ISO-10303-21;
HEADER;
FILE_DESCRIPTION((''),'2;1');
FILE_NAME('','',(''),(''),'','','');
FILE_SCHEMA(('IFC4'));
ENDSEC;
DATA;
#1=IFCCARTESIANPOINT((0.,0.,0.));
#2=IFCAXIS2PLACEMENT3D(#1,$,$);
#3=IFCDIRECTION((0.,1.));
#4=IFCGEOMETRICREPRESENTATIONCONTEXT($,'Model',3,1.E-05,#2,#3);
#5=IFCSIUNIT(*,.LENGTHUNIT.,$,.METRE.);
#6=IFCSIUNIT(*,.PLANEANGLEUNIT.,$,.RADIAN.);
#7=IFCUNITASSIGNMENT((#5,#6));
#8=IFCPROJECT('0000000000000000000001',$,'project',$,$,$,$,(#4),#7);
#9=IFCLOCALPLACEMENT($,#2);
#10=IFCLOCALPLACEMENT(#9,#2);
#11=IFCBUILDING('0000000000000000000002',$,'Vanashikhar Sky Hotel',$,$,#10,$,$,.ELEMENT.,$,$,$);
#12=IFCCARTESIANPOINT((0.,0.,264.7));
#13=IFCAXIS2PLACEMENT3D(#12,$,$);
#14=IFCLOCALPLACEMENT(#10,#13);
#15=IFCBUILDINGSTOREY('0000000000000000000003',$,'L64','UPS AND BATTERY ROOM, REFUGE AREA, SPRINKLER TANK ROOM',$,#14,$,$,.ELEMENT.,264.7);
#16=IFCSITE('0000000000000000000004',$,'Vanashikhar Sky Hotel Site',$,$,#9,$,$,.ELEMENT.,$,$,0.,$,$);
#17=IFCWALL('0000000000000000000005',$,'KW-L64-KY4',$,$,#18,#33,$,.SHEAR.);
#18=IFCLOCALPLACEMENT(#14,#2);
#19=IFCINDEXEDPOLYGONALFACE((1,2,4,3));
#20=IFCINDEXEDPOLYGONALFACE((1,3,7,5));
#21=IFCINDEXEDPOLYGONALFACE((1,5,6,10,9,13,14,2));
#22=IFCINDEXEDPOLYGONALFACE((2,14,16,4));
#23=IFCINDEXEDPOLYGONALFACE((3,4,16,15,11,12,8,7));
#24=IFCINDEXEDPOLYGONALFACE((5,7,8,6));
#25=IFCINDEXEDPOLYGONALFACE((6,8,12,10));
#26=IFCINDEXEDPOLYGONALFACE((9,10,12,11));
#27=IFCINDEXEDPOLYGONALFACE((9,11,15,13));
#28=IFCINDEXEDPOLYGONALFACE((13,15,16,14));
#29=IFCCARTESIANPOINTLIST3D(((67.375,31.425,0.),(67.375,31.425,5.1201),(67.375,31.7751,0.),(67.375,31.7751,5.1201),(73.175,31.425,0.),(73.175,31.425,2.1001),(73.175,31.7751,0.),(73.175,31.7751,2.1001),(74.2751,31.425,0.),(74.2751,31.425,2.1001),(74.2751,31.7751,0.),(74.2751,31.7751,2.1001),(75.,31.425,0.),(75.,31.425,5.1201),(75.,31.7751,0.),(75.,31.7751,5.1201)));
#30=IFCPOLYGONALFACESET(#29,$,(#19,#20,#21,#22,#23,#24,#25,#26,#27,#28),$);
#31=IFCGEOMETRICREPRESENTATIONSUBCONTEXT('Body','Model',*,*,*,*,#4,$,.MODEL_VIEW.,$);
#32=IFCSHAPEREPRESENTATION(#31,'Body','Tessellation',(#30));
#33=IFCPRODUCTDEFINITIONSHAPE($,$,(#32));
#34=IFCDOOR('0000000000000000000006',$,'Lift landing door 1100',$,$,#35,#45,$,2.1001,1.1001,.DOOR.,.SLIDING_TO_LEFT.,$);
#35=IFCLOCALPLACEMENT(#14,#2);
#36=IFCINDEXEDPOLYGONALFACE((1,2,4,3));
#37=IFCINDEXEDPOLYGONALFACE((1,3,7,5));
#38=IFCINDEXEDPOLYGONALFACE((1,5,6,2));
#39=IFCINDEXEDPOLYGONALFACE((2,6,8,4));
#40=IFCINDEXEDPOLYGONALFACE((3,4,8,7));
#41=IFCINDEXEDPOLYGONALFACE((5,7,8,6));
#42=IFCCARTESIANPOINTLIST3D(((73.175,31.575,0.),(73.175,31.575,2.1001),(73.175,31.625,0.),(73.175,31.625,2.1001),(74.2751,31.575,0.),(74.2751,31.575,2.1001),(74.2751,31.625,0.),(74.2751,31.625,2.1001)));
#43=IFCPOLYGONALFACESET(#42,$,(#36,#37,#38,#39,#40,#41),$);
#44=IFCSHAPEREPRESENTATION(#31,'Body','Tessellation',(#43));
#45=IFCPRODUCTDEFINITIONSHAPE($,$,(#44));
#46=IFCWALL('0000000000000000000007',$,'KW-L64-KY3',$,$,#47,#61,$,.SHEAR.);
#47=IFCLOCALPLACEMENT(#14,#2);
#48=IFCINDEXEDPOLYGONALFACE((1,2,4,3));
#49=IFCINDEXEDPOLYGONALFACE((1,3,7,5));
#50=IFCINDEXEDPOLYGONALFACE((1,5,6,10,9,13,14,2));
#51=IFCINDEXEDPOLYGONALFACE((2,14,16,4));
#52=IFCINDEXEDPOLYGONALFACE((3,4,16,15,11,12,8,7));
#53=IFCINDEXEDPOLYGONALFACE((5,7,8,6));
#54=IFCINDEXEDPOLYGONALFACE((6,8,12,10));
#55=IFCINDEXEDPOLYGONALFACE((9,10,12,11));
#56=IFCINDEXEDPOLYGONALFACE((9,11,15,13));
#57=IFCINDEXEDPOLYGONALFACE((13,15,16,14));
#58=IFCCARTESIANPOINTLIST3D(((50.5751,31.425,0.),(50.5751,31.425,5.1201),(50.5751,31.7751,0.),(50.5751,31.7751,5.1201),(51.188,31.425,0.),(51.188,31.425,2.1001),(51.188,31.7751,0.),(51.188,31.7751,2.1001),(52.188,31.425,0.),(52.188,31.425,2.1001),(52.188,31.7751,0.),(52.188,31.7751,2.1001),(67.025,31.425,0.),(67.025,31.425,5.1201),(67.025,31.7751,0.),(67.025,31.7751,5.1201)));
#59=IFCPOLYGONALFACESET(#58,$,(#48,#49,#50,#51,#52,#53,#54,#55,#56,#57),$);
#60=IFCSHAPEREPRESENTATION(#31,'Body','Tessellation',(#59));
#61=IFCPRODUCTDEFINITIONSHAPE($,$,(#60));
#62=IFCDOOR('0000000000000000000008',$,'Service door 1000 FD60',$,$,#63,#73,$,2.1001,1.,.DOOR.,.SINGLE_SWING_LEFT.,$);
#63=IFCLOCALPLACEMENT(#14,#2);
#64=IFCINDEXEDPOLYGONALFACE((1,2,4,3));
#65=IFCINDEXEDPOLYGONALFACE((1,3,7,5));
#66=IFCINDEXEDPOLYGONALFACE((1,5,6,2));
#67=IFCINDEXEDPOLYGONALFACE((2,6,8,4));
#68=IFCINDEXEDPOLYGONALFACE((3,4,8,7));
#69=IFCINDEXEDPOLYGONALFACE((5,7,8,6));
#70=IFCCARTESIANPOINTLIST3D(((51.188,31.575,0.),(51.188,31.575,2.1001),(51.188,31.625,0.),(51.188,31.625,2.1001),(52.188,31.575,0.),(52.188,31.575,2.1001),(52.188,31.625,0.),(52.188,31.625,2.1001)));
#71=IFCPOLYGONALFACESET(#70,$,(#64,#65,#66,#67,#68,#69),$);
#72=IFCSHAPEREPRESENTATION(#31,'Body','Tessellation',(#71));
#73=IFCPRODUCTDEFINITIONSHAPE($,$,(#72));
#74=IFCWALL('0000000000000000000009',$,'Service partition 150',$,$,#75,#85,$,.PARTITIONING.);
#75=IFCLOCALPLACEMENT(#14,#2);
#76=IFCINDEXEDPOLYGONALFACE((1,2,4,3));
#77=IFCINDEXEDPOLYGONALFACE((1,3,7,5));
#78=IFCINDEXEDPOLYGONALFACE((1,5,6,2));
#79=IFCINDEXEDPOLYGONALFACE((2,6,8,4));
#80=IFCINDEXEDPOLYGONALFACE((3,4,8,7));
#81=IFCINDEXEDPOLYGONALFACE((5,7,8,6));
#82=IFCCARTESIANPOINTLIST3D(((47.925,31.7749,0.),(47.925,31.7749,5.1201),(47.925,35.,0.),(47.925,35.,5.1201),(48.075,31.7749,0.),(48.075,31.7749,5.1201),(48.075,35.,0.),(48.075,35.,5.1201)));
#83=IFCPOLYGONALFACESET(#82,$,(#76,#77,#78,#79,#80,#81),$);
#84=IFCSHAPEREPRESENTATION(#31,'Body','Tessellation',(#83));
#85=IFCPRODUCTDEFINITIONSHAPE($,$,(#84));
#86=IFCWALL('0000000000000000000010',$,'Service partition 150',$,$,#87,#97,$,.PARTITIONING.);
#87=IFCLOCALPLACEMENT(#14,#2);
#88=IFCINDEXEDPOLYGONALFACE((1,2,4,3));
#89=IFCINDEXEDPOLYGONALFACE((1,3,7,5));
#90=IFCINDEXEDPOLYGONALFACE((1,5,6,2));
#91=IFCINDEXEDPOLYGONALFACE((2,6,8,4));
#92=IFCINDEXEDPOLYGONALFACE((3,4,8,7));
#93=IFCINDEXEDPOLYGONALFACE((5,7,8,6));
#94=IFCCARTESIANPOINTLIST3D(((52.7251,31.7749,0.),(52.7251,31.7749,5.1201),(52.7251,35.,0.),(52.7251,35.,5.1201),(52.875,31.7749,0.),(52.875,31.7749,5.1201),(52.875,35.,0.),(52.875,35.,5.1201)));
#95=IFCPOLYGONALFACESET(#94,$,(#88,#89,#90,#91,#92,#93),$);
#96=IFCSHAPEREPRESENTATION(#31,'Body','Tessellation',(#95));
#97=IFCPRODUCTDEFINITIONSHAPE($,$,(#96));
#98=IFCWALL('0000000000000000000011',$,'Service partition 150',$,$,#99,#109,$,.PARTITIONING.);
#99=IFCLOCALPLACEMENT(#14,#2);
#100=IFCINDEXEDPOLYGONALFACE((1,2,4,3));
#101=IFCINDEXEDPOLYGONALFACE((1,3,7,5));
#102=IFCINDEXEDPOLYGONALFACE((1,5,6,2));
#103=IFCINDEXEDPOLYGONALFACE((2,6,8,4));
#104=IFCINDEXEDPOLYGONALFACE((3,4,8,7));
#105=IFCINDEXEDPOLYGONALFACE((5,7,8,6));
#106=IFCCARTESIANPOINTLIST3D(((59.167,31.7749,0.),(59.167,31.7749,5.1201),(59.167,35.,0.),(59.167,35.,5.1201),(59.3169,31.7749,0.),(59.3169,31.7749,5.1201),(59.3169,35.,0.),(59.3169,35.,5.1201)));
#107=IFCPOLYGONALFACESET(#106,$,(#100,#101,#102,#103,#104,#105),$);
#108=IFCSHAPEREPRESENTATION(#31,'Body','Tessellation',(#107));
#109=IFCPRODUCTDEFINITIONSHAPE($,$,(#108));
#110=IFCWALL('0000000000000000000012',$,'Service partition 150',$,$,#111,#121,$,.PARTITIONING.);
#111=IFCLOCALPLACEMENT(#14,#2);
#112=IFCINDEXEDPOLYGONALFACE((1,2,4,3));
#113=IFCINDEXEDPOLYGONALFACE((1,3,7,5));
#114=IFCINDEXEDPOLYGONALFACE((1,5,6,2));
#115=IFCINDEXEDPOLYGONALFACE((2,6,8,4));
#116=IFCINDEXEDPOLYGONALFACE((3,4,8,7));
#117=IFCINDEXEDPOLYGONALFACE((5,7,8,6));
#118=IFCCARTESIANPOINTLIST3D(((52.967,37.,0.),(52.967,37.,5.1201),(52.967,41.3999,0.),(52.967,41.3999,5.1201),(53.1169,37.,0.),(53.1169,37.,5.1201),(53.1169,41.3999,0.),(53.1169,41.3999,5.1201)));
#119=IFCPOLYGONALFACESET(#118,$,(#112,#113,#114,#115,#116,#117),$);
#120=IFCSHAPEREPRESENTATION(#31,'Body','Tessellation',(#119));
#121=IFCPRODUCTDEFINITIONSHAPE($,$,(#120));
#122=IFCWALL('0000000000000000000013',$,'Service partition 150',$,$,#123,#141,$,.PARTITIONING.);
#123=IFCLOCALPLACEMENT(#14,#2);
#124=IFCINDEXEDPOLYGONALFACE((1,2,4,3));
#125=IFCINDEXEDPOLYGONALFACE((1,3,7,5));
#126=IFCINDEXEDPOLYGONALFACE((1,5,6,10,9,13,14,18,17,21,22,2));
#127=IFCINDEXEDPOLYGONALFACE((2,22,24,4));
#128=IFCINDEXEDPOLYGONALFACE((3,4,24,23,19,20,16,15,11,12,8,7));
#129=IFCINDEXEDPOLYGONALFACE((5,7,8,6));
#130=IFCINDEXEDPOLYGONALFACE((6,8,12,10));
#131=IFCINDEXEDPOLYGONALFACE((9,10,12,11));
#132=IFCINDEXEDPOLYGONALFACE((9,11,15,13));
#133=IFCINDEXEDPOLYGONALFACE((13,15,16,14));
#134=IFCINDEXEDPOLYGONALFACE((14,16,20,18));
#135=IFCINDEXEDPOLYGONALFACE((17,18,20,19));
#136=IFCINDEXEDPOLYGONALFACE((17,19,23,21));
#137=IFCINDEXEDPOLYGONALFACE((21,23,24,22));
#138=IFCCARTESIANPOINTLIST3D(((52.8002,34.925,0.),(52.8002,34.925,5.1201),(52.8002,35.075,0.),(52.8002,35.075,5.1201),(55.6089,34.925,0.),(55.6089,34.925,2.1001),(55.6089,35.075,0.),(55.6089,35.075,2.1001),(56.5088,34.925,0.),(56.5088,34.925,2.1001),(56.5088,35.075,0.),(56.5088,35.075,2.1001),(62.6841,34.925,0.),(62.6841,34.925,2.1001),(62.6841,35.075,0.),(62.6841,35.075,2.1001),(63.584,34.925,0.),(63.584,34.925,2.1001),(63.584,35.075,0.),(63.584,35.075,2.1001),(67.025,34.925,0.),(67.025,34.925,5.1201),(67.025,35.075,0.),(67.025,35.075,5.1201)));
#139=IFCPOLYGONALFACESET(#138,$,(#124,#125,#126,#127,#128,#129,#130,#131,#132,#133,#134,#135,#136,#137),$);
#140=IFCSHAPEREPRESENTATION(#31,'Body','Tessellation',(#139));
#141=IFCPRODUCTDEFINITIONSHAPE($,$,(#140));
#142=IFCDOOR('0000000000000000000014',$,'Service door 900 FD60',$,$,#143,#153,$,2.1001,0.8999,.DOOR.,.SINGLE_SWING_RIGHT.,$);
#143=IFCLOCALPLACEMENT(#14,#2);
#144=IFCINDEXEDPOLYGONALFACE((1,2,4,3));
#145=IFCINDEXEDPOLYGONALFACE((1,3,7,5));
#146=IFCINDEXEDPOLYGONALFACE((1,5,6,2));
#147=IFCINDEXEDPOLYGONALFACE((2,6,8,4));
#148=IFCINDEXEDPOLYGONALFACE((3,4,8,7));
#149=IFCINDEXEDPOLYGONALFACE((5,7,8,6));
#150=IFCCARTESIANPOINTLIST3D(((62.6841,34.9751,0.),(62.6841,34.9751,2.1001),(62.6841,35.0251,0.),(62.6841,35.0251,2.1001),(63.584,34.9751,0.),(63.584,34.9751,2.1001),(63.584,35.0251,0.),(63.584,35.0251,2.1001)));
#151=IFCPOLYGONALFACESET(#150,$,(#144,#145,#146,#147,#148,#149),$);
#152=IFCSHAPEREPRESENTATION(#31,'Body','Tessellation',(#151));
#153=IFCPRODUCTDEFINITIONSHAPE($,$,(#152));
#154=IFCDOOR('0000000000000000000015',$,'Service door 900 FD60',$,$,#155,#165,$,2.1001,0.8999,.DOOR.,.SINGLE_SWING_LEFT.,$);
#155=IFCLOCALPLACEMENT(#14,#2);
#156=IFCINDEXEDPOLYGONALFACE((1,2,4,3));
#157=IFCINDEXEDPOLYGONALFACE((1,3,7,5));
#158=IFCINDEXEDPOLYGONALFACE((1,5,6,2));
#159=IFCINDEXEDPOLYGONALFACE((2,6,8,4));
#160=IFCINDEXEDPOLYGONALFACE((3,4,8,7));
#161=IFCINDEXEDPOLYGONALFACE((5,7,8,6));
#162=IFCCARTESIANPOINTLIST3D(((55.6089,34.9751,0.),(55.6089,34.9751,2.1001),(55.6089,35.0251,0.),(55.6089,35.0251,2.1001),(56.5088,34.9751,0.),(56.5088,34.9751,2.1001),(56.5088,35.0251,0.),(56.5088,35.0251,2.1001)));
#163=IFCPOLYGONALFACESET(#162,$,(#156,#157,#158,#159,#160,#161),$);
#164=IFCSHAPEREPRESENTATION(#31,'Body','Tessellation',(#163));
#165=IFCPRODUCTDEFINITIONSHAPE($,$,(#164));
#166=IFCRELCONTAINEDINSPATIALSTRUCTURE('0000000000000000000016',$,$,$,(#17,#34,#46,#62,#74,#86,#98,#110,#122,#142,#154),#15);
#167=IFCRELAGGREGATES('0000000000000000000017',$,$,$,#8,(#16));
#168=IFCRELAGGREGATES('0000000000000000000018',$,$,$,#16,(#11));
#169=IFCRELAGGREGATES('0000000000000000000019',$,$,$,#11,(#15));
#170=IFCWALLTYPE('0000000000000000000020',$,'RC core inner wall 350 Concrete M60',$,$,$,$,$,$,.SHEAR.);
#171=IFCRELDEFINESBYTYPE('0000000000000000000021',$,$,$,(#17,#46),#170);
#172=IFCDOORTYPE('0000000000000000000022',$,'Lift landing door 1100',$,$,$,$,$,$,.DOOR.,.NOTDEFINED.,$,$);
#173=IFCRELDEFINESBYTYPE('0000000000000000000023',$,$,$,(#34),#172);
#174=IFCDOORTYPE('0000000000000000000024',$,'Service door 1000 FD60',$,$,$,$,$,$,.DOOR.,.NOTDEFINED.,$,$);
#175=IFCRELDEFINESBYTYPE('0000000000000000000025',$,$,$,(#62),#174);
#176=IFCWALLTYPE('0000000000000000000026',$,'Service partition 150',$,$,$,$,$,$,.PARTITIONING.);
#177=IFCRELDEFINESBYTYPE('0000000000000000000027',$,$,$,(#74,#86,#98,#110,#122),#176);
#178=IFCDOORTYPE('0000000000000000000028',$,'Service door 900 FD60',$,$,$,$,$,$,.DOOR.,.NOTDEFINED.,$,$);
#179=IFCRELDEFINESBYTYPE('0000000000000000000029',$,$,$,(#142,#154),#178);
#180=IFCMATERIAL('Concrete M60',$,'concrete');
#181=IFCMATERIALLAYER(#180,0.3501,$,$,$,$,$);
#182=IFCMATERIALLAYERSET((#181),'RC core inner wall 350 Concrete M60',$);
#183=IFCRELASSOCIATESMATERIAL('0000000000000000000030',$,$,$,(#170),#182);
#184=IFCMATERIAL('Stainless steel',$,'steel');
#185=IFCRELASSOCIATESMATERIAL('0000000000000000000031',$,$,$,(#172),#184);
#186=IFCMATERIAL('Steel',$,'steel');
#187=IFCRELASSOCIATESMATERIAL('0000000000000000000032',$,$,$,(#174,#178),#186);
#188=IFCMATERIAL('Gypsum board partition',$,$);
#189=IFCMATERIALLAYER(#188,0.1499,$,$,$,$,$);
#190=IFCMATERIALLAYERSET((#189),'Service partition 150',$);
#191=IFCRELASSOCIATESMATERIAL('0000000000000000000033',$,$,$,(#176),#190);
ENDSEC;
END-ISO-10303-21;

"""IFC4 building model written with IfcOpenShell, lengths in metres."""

from ifc_helpers import new_model, si_unit, direction, frame, frame_2d, origin, place, context, subcontext, project, spatial, rectangle, extrude, source, transform, mapped, material, layer, layer_set, type_object, element, fill, save


model = new_model("IFC4")

# Units and contexts
model_context = context("Model", 3, precision=1e-05, world=origin(), true_north=direction((0.0, 1.0)))
body_context = subcontext(model_context, "Body", "Model", "MODEL_VIEW")
ifc_project = project(units=[si_unit("LENGTHUNIT", "METRE"), si_unit("PLANEANGLEUNIT", "RADIAN")], contexts=[model_context])

# Site, building, storey
site_placement = place(None, origin())
site = spatial("IfcSite", under=ifc_project, at=site_placement, Name="Vanashikhar Sky Hotel Site", CompositionType="ELEMENT", RefElevation=0.0)
building_placement = place(site_placement, origin())
building = spatial("IfcBuilding", under=site, at=building_placement, Name="Vanashikhar Sky Hotel", CompositionType="ELEMENT")
storey_placement = place(building_placement, frame((0.0, 0.0, 264.7)))
storey = spatial("IfcBuildingStorey", under=building, at=storey_placement, Name="L64", Description="UPS AND BATTERY ROOM, REFUGE AREA, SPRINKLER TANK ROOM", CompositionType="ELEMENT", Elevation=264.7)

# Walls, openings, doors
ifc_material_1 = material(Name="Concrete M60", Category="concrete")
ifc_layer_1 = layer(ifc_material_1, 0.3501)
ifc_layer_set_1 = layer_set([ifc_layer_1], Name="RC core inner wall 350 Concrete M60")
wall_type_1 = type_object("IfcWallType", Name="RC core inner wall 350 Concrete M60", PredefinedType="SHEAR", material=ifc_layer_set_1)
shared_shape_1 = source(origin(), body_context, "Body", "SweptSolid", [
    extrude(rectangle(XDim=7.625, YDim=0.3501, at=frame_2d((3.8125, 0.0))), origin(), (0.0, 0.0, 1.0), 5.1201),
])
wall_1_placement = place(storey_placement, frame((67.375, 31.6001, 0.0), z_axis=(0.0, 0.0, 1.0), x_axis=(1.0, 0.0, 0.0)))
wall_1 = element("IfcWall", 1, at=wall_1_placement, inside=storey, type_object=wall_type_1, Name="KW-L64-KY4", PredefinedType="SHEAR", context=body_context, shape_type="MappedRepresentation", body=[
    mapped(shared_shape_1, transform((0.0, 0.0, 0.0), scale=1.0)),
])
shared_shape_2 = source(origin(), body_context, "Body", "SweptSolid", [
    extrude(rectangle(XDim=1.1001, YDim=2.1001, at=frame_2d((0.55, 1.05))), frame((0.0, 0.1851, 0.0), z_axis=(0.0, -1.0, 0.0), x_axis=(1.0, 0.0, 0.0)), (0.0, 0.0, 1.0), 0.3701),
])
opening_1_placement = place(wall_1_placement, frame((5.8, 0.0, 0.0)))
opening_1 = element("IfcOpeningElement", 2, at=opening_1_placement, cuts=wall_1, PredefinedType="OPENING", context=body_context, shape_type="MappedRepresentation", body=[
    mapped(shared_shape_2, transform((0.0, 0.0, 0.0), scale=1.0)),
])
ifc_material_2 = material(Name="Stainless steel", Category="steel")
door_type_1 = type_object("IfcDoorType", Name="Lift landing door 1100", OperationType="NOTDEFINED", PredefinedType="DOOR", material=ifc_material_2)
shared_shape_3 = source(origin(), body_context, "Body", "SweptSolid", [
    extrude(rectangle(XDim=1.1001, YDim=2.1001, at=frame_2d((0.55, 1.05))), frame((0.0, 0.0249, 0.0), z_axis=(0.0, -1.0, 0.0), x_axis=(1.0, 0.0, 0.0)), (0.0, 0.0, 1.0), 0.05),
])
door_1_placement = place(opening_1_placement, origin())
door_1 = element("IfcDoor", 3, at=door_1_placement, inside=storey, type_object=door_type_1, Name="Lift landing door 1100", OperationType="SLIDING_TO_LEFT", OverallHeight=2.1001, OverallWidth=1.1001, PredefinedType="DOOR", context=body_context, shape_type="MappedRepresentation", body=[
    mapped(shared_shape_3, transform((0.0, 0.0, 0.0), scale=1.0)),
])
fill(opening_1, door_1)
shared_shape_4 = source(origin(), body_context, "Body", "SweptSolid", [
    extrude(rectangle(XDim=16.45, YDim=0.3501, at=frame_2d((8.2251, 0.0))), origin(), (0.0, 0.0, 1.0), 5.1201),
])
wall_2_placement = place(storey_placement, frame((50.575, 31.6001, 0.0), z_axis=(0.0, 0.0, 1.0), x_axis=(1.0, 0.0, 0.0)))
wall_2 = element("IfcWall", 4, at=wall_2_placement, inside=storey, type_object=wall_type_1, Name="KW-L64-KY3", PredefinedType="SHEAR", context=body_context, shape_type="MappedRepresentation", body=[
    mapped(shared_shape_4, transform((0.0, 0.0, 0.0), scale=1.0)),
])
shared_shape_5 = source(origin(), body_context, "Body", "SweptSolid", [
    extrude(rectangle(XDim=1.0, YDim=2.1001, at=frame_2d((0.5, 1.05))), frame((0.0, 0.1851, 0.0), z_axis=(0.0, -1.0, 0.0), x_axis=(1.0, 0.0, 0.0)), (0.0, 0.0, 1.0), 0.3701),
])
opening_2_placement = place(wall_2_placement, frame((0.613, 0.0, 0.0)))
opening_2 = element("IfcOpeningElement", 5, at=opening_2_placement, cuts=wall_2, PredefinedType="OPENING", context=body_context, shape_type="MappedRepresentation", body=[
    mapped(shared_shape_5, transform((0.0, 0.0, 0.0), scale=1.0)),
])
ifc_material_3 = material(Name="Steel", Category="steel")
door_type_2 = type_object("IfcDoorType", Name="Service door 1000 FD60", OperationType="NOTDEFINED", PredefinedType="DOOR", material=ifc_material_3)
shared_shape_6 = source(origin(), body_context, "Body", "SweptSolid", [
    extrude(rectangle(XDim=1.0, YDim=2.1001, at=frame_2d((0.5, 1.05))), frame((0.0, 0.0249, 0.0), z_axis=(0.0, -1.0, 0.0), x_axis=(1.0, 0.0, 0.0)), (0.0, 0.0, 1.0), 0.05),
])
door_2_placement = place(opening_2_placement, origin())
door_2 = element("IfcDoor", 6, at=door_2_placement, inside=storey, type_object=door_type_2, Name="Service door 1000 FD60", OperationType="SINGLE_SWING_LEFT", OverallHeight=2.1001, OverallWidth=1.0, PredefinedType="DOOR", context=body_context, shape_type="MappedRepresentation", body=[
    mapped(shared_shape_6, transform((0.0, 0.0, 0.0), scale=1.0)),
])
fill(opening_2, door_2)

# Walls
ifc_material_4 = material(Name="Gypsum board partition")
ifc_layer_2 = layer(ifc_material_4, 0.1499)
ifc_layer_set_2 = layer_set([ifc_layer_2], Name="Service partition 150")
wall_type_2 = type_object("IfcWallType", Name="Service partition 150", PredefinedType="PARTITIONING", material=ifc_layer_set_2)
shared_shape_7 = source(origin(), body_context, "Body", "SweptSolid", [
    extrude(rectangle(XDim=3.2251, YDim=0.1499, at=frame_2d((1.6125, 0.0))), origin(), (0.0, 0.0, 1.0), 5.1201),
])
for number, where, z_axis, x_axis, name in (
    (7, (48.0, 31.7749, 0.0), (0.0, 0.0, 1.0), (0.0, 1.0, 0.0), "Service partition 150"),
    (8, (52.8, 31.7749, 0.0), (0.0, 0.0, 1.0), (0.0, 1.0, 0.0), "Service partition 150"),
    (9, (59.2419, 31.7749, 0.0), (0.0, 0.0, 1.0), (0.0, 1.0, 0.0), "Service partition 150"),
):
    element("IfcWall", number, at=place(storey_placement, frame(where, z_axis=z_axis, x_axis=x_axis)), inside=storey, type_object=wall_type_2, Name=name, PredefinedType="PARTITIONING", context=body_context, shape_type="MappedRepresentation", body=[
        mapped(shared_shape_7, transform((0.0, 0.0, 0.0), scale=1.0)),
    ])
shared_shape_8 = source(origin(), body_context, "Body", "SweptSolid", [
    extrude(rectangle(XDim=4.3999, YDim=0.1499, at=frame_2d((2.2, 0.0))), origin(), (0.0, 0.0, 1.0), 5.1201),
])
wall_3_placement = place(storey_placement, frame((53.042, 37.0, 0.0), z_axis=(0.0, 0.0, 1.0), x_axis=(0.0, 1.0, 0.0)))
element("IfcWall", 10, at=wall_3_placement, inside=storey, type_object=wall_type_2, Name="Service partition 150", PredefinedType="PARTITIONING", context=body_context, shape_type="MappedRepresentation", body=[
    mapped(shared_shape_8, transform((0.0, 0.0, 0.0), scale=1.0)),
])

# Wall, openings, doors
shared_shape_9 = source(origin(), body_context, "Body", "SweptSolid", [
    extrude(rectangle(XDim=14.2249, YDim=0.1499, at=frame_2d((7.1123, 0.0))), origin(), (0.0, 0.0, 1.0), 5.1201),
])
wall_4_placement = place(storey_placement, frame((67.0249, 35.0, 0.0), z_axis=(0.0, 0.0, 1.0), x_axis=(-1.0, 0.0, 0.0)))
wall_4 = element("IfcWall", 11, at=wall_4_placement, inside=storey, type_object=wall_type_2, Name="Service partition 150", PredefinedType="PARTITIONING", context=body_context, shape_type="MappedRepresentation", body=[
    mapped(shared_shape_9, transform((0.0, 0.0, 0.0), scale=1.0)),
])
shared_shape_10 = source(origin(), body_context, "Body", "SweptSolid", [
    extrude(rectangle(XDim=0.8999, YDim=2.1001, at=frame_2d((0.45, 1.05))), frame((0.0, 0.085, 0.0), z_axis=(0.0, -1.0, 0.0), x_axis=(1.0, 0.0, 0.0)), (0.0, 0.0, 1.0), 0.1699),
])
opening_3_placement = place(wall_4_placement, frame((3.4409, 0.0, 0.0)))
opening_3 = element("IfcOpeningElement", 12, at=opening_3_placement, cuts=wall_4, PredefinedType="OPENING", context=body_context, shape_type="MappedRepresentation", body=[
    mapped(shared_shape_10, transform((0.0, 0.0, 0.0), scale=1.0)),
])
opening_4_placement = place(wall_4_placement, frame((10.5161, 0.0, 0.0)))
opening_4 = element("IfcOpeningElement", 13, at=opening_4_placement, cuts=wall_4, PredefinedType="OPENING", context=body_context, shape_type="MappedRepresentation", body=[
    mapped(shared_shape_10, transform((0.0, 0.0, 0.0), scale=1.0)),
])
door_type_3 = type_object("IfcDoorType", Name="Service door 900 FD60", OperationType="NOTDEFINED", PredefinedType="DOOR", material=ifc_material_3)
shared_shape_11 = source(origin(), body_context, "Body", "SweptSolid", [
    extrude(rectangle(XDim=0.8999, YDim=2.1001, at=frame_2d((0.45, 1.05))), frame((0.0, 0.0249, 0.0), z_axis=(0.0, -1.0, 0.0), x_axis=(1.0, 0.0, 0.0)), (0.0, 0.0, 1.0), 0.05),
])
door_3_placement = place(opening_3_placement, origin())
door_3 = element("IfcDoor", 14, at=door_3_placement, inside=storey, type_object=door_type_3, Name="Service door 900 FD60", OperationType="SINGLE_SWING_RIGHT", OverallHeight=2.1001, OverallWidth=0.8999, PredefinedType="DOOR", context=body_context, shape_type="MappedRepresentation", body=[
    mapped(shared_shape_11, transform((0.0, 0.0, 0.0), scale=1.0)),
])
fill(opening_3, door_3)
door_4_placement = place(opening_4_placement, origin())
door_4 = element("IfcDoor", 15, at=door_4_placement, inside=storey, type_object=door_type_3, Name="Service door 900 FD60", OperationType="SINGLE_SWING_LEFT", OverallHeight=2.1001, OverallWidth=0.8999, PredefinedType="DOOR", context=body_context, shape_type="MappedRepresentation", body=[
    mapped(shared_shape_11, transform((0.0, 0.0, 0.0), scale=1.0)),
])
fill(opening_4, door_4)

save(model, "model.ifc")
